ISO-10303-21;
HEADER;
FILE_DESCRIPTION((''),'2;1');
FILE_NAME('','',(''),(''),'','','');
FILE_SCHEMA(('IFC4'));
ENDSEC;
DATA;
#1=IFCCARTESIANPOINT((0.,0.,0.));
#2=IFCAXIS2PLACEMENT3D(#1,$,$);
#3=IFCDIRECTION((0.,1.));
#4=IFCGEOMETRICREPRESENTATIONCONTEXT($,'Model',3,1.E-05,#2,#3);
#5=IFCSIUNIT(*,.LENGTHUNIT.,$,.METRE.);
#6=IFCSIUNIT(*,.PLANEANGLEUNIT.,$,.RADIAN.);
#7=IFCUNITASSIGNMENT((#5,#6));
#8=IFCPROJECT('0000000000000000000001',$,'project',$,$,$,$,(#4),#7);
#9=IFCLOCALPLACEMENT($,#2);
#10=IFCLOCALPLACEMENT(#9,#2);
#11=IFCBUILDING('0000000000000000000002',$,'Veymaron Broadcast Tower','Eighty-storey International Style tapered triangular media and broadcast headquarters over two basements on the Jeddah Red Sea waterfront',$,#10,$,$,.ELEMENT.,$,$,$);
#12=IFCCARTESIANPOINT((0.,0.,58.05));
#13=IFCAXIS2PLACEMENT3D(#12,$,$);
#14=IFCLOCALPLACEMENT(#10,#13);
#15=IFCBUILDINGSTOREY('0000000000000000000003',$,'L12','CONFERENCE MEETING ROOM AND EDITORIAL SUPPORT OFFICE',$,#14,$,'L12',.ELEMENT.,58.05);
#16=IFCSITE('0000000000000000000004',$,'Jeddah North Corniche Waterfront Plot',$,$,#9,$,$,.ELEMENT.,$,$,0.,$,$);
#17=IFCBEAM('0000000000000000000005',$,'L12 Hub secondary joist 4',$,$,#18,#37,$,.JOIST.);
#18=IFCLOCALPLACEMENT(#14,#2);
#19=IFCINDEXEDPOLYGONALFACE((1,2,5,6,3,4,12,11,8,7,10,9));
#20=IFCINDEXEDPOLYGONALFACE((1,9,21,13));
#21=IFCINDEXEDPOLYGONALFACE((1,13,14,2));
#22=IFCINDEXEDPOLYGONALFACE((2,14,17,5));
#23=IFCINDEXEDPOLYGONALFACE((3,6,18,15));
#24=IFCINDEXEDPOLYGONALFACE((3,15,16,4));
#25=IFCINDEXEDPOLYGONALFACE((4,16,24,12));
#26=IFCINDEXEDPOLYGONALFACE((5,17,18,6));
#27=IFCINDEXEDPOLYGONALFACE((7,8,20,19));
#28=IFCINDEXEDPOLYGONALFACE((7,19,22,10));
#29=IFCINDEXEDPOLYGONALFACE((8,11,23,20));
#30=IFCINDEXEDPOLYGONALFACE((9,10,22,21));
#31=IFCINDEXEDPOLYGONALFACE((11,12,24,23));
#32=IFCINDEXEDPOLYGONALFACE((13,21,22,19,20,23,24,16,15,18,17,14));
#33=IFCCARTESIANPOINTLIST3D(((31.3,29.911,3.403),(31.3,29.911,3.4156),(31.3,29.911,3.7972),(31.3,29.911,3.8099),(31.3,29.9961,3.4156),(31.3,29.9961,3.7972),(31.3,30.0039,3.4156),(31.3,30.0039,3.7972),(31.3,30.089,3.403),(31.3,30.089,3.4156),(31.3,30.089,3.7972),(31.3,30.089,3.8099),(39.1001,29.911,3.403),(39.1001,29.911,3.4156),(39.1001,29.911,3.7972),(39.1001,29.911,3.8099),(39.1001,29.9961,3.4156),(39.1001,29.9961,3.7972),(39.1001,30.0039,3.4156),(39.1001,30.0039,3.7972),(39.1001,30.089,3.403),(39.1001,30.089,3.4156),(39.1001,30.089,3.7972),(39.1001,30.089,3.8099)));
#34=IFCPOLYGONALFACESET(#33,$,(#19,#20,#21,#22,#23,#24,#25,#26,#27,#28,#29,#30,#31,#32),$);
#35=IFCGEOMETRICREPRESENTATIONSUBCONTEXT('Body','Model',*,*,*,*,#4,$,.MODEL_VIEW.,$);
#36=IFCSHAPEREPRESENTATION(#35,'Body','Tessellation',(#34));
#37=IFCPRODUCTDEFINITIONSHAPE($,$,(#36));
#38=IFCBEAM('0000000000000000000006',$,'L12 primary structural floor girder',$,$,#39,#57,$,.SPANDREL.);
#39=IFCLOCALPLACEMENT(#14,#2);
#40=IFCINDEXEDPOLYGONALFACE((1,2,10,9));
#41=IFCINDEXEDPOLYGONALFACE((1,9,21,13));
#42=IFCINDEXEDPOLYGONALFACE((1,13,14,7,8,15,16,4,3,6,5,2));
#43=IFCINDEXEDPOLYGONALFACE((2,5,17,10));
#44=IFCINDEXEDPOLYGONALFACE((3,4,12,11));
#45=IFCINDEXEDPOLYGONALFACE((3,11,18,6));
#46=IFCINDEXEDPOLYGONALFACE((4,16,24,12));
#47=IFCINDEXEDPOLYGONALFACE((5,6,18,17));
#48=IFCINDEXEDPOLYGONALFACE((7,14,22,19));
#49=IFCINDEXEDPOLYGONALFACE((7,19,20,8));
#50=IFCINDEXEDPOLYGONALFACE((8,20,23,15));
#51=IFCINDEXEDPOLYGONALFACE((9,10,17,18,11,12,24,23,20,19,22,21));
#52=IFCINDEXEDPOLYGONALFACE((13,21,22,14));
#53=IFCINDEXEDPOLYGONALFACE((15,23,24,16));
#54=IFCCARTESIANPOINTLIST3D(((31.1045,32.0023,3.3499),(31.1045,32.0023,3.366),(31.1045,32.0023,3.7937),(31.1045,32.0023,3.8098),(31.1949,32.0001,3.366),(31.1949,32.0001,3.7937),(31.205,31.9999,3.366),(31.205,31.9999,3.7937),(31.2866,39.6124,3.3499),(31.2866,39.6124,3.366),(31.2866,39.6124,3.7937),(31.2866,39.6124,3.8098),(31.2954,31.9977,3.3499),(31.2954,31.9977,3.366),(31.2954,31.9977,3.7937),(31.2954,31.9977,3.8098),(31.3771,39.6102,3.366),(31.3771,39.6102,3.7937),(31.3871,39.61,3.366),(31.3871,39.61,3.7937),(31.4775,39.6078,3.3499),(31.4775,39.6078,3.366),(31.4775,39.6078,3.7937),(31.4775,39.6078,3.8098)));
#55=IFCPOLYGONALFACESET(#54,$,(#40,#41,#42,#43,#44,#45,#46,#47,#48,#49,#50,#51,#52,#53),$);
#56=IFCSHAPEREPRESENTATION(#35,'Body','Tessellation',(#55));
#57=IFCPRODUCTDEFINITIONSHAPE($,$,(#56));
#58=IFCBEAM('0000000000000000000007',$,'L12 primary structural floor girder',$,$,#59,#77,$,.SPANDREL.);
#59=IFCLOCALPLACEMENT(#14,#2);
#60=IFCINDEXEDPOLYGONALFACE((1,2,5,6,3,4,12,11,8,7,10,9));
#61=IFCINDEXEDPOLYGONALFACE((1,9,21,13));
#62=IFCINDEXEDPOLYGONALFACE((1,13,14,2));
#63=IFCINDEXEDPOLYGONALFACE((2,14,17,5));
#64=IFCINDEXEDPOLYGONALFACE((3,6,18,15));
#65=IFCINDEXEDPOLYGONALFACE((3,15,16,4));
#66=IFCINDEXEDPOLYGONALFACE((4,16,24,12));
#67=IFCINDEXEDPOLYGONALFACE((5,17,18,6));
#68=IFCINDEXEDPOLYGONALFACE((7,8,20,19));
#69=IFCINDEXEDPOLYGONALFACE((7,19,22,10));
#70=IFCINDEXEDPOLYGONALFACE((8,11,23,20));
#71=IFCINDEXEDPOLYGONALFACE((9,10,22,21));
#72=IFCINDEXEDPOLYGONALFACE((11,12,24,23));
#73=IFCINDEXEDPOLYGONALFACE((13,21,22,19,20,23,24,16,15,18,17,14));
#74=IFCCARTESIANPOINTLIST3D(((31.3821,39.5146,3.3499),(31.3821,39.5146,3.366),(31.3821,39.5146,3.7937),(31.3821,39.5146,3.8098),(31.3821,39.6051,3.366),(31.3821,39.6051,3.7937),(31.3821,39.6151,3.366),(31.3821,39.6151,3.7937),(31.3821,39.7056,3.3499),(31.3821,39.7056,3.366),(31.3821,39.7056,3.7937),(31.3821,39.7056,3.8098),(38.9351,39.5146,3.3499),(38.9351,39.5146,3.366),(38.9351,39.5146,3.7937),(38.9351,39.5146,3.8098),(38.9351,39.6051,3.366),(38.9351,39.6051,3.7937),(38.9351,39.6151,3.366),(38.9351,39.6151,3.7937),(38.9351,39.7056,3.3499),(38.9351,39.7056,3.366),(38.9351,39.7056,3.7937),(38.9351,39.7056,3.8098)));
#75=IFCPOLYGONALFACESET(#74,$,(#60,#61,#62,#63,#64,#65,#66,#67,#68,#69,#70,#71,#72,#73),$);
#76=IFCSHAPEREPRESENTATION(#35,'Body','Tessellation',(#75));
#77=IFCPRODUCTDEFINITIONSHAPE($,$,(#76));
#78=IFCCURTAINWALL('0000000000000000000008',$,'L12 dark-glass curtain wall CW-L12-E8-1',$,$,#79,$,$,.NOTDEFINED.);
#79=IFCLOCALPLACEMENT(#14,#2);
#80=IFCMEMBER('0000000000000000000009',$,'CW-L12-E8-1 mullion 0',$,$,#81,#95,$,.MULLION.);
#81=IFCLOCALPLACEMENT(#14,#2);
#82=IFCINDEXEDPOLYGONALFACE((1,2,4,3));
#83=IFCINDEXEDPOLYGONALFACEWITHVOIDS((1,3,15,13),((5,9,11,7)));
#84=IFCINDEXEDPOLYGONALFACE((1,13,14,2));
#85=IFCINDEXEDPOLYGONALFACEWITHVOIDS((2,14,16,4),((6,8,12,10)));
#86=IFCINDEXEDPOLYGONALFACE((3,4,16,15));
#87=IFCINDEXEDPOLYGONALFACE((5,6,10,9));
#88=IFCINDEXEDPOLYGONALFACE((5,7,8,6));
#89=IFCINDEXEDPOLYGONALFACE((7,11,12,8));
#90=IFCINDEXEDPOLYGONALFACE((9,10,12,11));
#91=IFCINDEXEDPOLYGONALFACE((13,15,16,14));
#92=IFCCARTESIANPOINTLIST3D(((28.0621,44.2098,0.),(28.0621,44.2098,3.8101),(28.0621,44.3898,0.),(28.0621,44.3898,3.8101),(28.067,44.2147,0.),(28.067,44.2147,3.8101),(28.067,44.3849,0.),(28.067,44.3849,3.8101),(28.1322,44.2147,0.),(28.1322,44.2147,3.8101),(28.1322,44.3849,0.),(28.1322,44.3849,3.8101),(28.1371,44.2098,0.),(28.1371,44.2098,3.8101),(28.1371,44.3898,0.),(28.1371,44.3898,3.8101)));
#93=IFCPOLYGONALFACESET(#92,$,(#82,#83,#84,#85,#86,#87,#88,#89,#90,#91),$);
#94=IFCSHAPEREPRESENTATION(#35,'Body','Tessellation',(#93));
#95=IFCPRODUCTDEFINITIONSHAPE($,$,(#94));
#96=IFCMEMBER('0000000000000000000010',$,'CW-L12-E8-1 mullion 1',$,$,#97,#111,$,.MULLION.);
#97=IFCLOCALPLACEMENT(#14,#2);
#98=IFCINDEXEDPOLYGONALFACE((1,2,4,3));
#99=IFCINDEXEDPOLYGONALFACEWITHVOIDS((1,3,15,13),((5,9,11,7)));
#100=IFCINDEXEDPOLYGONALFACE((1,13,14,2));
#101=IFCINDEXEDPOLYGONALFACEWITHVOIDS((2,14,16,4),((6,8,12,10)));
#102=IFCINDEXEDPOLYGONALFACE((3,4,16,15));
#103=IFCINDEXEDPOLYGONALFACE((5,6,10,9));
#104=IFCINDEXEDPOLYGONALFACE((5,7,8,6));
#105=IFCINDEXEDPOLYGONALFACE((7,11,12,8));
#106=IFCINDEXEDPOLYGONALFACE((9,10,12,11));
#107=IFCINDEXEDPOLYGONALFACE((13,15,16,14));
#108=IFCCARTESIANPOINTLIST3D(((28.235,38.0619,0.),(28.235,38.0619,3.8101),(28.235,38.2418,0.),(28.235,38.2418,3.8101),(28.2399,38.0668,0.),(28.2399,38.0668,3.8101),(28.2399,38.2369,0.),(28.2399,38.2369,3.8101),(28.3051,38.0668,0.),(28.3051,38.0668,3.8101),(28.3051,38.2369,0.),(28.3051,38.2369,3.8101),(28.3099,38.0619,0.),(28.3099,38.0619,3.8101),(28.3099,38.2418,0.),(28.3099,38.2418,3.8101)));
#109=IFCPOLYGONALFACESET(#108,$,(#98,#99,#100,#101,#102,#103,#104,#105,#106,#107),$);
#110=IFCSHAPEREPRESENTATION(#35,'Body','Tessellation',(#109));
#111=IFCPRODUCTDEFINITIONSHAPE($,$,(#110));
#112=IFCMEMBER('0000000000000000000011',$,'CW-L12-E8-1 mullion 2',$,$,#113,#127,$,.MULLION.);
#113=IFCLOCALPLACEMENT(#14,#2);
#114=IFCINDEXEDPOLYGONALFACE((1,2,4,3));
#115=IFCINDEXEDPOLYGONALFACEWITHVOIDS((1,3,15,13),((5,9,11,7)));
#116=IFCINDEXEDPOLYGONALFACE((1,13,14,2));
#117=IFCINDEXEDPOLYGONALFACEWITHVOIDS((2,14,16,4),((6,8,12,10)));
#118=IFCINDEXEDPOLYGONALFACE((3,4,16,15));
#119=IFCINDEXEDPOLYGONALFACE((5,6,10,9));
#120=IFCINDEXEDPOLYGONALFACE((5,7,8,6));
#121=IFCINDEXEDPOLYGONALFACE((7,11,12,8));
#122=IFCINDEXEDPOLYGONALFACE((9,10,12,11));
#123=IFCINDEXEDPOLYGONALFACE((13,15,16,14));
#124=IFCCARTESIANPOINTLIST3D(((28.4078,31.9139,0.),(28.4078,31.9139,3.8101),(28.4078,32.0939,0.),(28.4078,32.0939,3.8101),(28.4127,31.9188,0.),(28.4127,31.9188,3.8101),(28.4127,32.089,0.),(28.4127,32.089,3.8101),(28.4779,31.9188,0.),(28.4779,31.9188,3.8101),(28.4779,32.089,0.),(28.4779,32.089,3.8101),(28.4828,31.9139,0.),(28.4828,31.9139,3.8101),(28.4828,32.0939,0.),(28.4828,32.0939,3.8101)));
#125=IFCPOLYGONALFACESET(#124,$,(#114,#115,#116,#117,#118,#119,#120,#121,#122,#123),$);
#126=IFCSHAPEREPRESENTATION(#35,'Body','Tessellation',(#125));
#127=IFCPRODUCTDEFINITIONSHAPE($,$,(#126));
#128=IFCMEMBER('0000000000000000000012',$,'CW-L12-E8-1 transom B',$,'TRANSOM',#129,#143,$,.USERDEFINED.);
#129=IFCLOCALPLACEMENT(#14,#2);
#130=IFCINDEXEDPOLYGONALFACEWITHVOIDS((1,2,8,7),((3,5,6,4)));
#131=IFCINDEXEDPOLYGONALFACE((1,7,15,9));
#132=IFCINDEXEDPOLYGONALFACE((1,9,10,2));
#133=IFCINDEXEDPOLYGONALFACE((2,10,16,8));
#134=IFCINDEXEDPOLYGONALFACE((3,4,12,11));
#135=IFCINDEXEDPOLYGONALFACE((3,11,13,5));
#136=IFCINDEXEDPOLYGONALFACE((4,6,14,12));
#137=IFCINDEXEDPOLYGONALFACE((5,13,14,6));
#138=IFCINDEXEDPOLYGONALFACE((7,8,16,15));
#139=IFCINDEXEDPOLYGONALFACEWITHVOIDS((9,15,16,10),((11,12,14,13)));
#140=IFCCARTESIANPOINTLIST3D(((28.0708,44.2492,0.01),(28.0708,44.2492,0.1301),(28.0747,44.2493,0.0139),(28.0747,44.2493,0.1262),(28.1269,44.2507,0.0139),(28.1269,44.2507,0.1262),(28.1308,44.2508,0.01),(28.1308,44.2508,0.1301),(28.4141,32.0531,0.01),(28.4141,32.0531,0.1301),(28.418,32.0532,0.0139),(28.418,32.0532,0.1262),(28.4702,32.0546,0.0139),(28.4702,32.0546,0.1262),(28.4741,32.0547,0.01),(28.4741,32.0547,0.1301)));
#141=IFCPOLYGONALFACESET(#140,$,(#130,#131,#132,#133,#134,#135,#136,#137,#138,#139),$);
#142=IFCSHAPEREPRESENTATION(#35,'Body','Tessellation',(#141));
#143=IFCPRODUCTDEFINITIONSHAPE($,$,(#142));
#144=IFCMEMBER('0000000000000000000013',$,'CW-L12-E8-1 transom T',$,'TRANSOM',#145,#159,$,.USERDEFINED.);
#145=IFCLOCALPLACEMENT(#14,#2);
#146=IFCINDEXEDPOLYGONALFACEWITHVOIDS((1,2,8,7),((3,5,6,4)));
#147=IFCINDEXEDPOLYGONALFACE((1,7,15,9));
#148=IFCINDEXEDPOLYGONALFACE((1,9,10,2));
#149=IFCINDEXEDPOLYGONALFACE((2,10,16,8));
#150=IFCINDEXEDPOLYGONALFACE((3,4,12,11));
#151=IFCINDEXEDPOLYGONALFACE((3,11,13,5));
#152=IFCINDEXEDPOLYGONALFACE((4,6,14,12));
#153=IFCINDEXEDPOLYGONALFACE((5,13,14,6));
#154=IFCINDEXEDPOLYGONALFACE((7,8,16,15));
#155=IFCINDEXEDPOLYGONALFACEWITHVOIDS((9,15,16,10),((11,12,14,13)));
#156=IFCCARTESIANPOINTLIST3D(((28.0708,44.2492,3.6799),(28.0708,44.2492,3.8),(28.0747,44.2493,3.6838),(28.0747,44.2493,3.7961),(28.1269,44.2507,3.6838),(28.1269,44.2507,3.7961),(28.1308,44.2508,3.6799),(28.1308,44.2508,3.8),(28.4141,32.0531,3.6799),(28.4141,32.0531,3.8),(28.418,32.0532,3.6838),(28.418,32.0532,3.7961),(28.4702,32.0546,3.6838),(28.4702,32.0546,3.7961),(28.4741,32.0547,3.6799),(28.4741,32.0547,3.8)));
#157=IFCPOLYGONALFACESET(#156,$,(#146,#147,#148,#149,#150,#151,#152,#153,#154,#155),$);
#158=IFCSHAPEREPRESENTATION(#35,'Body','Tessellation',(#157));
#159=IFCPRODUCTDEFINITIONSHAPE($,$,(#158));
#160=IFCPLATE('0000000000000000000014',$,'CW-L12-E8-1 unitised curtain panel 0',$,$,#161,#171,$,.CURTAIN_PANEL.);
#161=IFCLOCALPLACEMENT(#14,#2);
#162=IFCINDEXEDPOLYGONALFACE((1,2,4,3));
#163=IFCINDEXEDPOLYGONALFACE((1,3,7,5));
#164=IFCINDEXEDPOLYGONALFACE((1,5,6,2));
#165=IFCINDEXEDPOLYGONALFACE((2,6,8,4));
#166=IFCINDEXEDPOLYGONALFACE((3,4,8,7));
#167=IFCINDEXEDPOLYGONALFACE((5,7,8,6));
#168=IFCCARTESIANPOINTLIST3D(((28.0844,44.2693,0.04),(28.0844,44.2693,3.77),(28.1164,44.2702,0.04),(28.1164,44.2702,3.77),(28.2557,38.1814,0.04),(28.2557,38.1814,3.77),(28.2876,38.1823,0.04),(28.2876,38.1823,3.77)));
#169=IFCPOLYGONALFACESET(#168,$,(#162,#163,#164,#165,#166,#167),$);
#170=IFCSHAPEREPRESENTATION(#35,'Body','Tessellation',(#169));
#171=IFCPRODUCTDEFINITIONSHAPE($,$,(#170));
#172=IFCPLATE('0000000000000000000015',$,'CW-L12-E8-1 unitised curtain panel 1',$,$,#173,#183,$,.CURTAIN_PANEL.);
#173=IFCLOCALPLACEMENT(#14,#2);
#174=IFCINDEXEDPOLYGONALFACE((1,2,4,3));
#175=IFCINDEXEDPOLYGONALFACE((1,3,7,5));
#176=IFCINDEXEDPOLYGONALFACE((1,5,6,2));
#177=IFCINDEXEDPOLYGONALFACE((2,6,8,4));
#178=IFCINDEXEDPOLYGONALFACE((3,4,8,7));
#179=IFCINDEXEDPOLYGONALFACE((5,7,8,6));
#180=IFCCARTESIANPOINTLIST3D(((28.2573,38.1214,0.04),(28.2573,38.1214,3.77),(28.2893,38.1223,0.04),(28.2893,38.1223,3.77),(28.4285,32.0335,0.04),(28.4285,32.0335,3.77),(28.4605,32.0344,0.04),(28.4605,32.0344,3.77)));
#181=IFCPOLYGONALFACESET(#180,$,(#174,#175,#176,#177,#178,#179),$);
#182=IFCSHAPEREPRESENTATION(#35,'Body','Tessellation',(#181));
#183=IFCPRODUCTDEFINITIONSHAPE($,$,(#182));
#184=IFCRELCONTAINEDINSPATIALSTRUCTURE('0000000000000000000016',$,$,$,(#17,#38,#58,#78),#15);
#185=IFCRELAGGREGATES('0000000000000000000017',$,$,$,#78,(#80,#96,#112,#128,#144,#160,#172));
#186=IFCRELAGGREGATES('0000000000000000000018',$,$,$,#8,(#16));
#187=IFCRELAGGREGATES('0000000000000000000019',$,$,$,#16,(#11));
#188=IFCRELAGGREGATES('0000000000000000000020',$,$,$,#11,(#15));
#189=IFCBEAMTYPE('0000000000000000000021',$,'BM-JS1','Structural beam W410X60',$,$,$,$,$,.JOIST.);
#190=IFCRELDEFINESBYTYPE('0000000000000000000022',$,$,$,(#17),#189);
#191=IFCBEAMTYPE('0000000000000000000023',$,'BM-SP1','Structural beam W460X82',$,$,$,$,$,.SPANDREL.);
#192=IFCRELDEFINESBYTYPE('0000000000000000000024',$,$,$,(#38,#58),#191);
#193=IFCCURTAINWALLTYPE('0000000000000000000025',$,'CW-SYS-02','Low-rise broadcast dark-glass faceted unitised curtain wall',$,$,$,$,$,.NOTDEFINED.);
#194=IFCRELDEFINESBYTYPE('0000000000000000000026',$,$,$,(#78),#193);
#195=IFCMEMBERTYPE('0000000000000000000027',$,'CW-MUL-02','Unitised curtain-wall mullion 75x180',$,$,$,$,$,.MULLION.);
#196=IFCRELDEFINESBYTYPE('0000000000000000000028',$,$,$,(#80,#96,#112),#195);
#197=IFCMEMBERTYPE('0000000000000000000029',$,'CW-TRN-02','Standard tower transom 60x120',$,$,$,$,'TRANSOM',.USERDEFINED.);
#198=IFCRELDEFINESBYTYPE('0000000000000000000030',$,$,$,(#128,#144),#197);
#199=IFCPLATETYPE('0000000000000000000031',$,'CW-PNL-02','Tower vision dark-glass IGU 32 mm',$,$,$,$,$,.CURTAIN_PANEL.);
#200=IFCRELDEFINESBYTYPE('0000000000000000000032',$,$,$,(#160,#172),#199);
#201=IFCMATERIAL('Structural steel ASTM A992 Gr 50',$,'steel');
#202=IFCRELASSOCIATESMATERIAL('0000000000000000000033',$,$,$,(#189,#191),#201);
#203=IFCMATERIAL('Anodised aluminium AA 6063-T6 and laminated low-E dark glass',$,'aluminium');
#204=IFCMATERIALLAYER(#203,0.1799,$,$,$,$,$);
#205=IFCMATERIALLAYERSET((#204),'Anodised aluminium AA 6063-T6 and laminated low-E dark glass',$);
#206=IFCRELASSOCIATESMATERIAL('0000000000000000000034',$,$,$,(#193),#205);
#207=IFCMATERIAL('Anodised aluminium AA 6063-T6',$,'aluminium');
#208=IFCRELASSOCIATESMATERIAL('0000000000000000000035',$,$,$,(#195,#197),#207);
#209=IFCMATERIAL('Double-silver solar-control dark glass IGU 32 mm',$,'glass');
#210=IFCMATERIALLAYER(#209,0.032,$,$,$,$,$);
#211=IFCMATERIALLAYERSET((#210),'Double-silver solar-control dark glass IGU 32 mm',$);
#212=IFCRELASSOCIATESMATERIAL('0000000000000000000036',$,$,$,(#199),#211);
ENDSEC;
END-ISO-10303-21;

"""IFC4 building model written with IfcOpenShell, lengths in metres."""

from ifc_helpers import new_model, si_unit, direction, frame, origin, origin_2d, place, context, subcontext, project, spatial, rectangle, hollow_rectangle, i_section, extrude, material, layer, layer_set, material_profile, profile_set, type_object, element, aggregate, save


model = new_model("IFC4")

# Units and contexts
model_context = context("Model", 3, precision=1e-05, world=origin(), true_north=direction((0.0, 1.0)))
body_context = subcontext(model_context, "Body", "Model", "MODEL_VIEW")
ifc_project = project(units=[si_unit("LENGTHUNIT", "METRE"), si_unit("PLANEANGLEUNIT", "RADIAN")], contexts=[model_context])

# Site, building, storey
site_placement = place(None, origin())
site = spatial("IfcSite", under=ifc_project, at=site_placement, Name="Jeddah North Corniche Waterfront Plot", CompositionType="ELEMENT", RefElevation=0.0)
building_placement = place(site_placement, origin())
building = spatial("IfcBuilding", under=site, at=building_placement, Name="Veymaron Broadcast Tower", Description="Eighty-storey International Style tapered triangular media and broadcast headquarters over two basements on the Jeddah Red Sea waterfront", CompositionType="ELEMENT")
storey_placement = place(building_placement, frame((0.0, 0.0, 58.05)))
storey = spatial("IfcBuildingStorey", under=building, at=storey_placement, Name="L12", Description="CONFERENCE MEETING ROOM AND EDITORIAL SUPPORT OFFICE", LongName="L12", CompositionType="ELEMENT", Elevation=58.05)

# Beams
ifc_material_1 = material(Name="Structural steel ASTM A992 Gr 50", Category="steel")
ifc_material_profile_1 = material_profile(ifc_material_1, i_section(OverallWidth=0.178, OverallDepth=0.407, WebThickness=0.0078, FlangeThickness=0.0127, at=origin_2d()), Name="W410X60")
ifc_profile_set_1 = profile_set([ifc_material_profile_1], Name="Structural steel ASTM A992 Gr 50")
beam_type_1 = type_object("IfcBeamType", Name="BM-JS1", Description="Structural beam W410X60", PredefinedType="JOIST", material=ifc_profile_set_1)
for number, where, z_axis, x_axis, name in (
    (1, (31.3, 30.0, 3.6064), (1.0, 0.0, 0.0), (0.0, 1.0, 0.0), "L12 Hub secondary joist 4"),
):
    element("IfcBeam", number, at=place(storey_placement, frame(where, z_axis=z_axis, x_axis=x_axis)), inside=storey, type_object=beam_type_1, Name=name, PredefinedType="JOIST", context=body_context, shape_type="SweptSolid", body=[
        extrude(i_section(OverallWidth=0.178, OverallDepth=0.407, WebThickness=0.0078, FlangeThickness=0.0127, at=origin_2d()), origin(), (0.0, 0.0, 1.0), 7.8),
    ])
ifc_material_profile_2 = material_profile(ifc_material_1, i_section(OverallWidth=0.1909, OverallDepth=0.46, WebThickness=0.01, FlangeThickness=0.0161, at=origin_2d()), Name="W460X82")
ifc_profile_set_2 = profile_set([ifc_material_profile_2], Name="Structural steel ASTM A992 Gr 50")
beam_type_2 = type_object("IfcBeamType", Name="BM-SP1", Description="Structural beam W460X82", PredefinedType="SPANDREL", material=ifc_profile_set_2)
beam_1_placement = place(storey_placement, frame((31.2, 32.0, 3.5798), z_axis=(0.023926, 0.999714, 0.0), x_axis=(-0.999714, 0.023926, 0.0)))
element("IfcBeam", 2, at=beam_1_placement, inside=storey, type_object=beam_type_2, Name="L12 primary structural floor girder", PredefinedType="SPANDREL", context=body_context, shape_type="SweptSolid", body=[
    extrude(i_section(OverallWidth=0.1909, OverallDepth=0.46, WebThickness=0.01, FlangeThickness=0.0161, at=origin_2d()), origin(), (0.0, 0.0, 1.0), 7.6123),
])
beam_2_placement = place(storey_placement, frame((31.3821, 39.6101, 3.5798), z_axis=(1.0, 0.0, 0.0), x_axis=(0.0, 1.0, 0.0)))
element("IfcBeam", 3, at=beam_2_placement, inside=storey, type_object=beam_type_2, Name="L12 primary structural floor girder", PredefinedType="SPANDREL", context=body_context, shape_type="SweptSolid", body=[
    extrude(i_section(OverallWidth=0.1909, OverallDepth=0.46, WebThickness=0.01, FlangeThickness=0.0161, at=origin_2d()), origin(), (0.0, 0.0, 1.0), 7.553),
])

# Curtain wall, members, plates
ifc_material_2 = material(Name="Anodised aluminium AA 6063-T6 and laminated low-E dark glass", Category="aluminium")
ifc_layer_1 = layer(ifc_material_2, 0.1799)
ifc_layer_set_1 = layer_set([ifc_layer_1], Name="Anodised aluminium AA 6063-T6 and laminated low-E dark glass")
curtain_wall_type = type_object("IfcCurtainWallType", Name="CW-SYS-02", Description="Low-rise broadcast dark-glass faceted unitised curtain wall", PredefinedType="NOTDEFINED", material=ifc_layer_set_1)
curtain_wall_placement = place(storey_placement, origin())
curtain_wall = element("IfcCurtainWall", 4, at=curtain_wall_placement, inside=storey, type_object=curtain_wall_type, Name="L12 dark-glass curtain wall CW-L12-E8-1", PredefinedType="NOTDEFINED")
ifc_material_3 = material(Name="Anodised aluminium AA 6063-T6", Category="aluminium")
ifc_material_profile_3 = material_profile(ifc_material_3, hollow_rectangle(XDim=0.075, YDim=0.1799, WallThickness=0.0049, at=origin_2d()), Name="AL180X75X5")
ifc_profile_set_3 = profile_set([ifc_material_profile_3], Name="Anodised aluminium AA 6063-T6")
member_type_1 = type_object("IfcMemberType", Name="CW-MUL-02", Description="Unitised curtain-wall mullion 75x180", PredefinedType="MULLION", material=ifc_profile_set_3)
member_1_placement = place(storey_placement, frame((28.0996, 44.2998, 0.0), z_axis=(0.0, 0.0, 1.0), x_axis=(1.0, 0.0, 0.0)))
member_1 = element("IfcMember", 5, at=member_1_placement, type_object=member_type_1, Name="CW-L12-E8-1 mullion 0", PredefinedType="MULLION", context=body_context, shape_type="SweptSolid", body=[
    extrude(hollow_rectangle(XDim=0.075, YDim=0.1799, WallThickness=0.0049, at=origin_2d()), origin(), (0.0, 0.0, 1.0), 3.8101),
])
member_2_placement = place(storey_placement, frame((28.2725, 38.1519, 0.0), z_axis=(0.0, 0.0, 1.0), x_axis=(1.0, 0.0, 0.0)))
member_2 = element("IfcMember", 6, at=member_2_placement, type_object=member_type_1, Name="CW-L12-E8-1 mullion 1", PredefinedType="MULLION", context=body_context, shape_type="SweptSolid", body=[
    extrude(hollow_rectangle(XDim=0.075, YDim=0.1799, WallThickness=0.0049, at=origin_2d()), origin(), (0.0, 0.0, 1.0), 3.8101),
])
member_3_placement = place(storey_placement, frame((28.4453, 32.0039, 0.0), z_axis=(0.0, 0.0, 1.0), x_axis=(1.0, 0.0, 0.0)))
member_3 = element("IfcMember", 7, at=member_3_placement, type_object=member_type_1, Name="CW-L12-E8-1 mullion 2", PredefinedType="MULLION", context=body_context, shape_type="SweptSolid", body=[
    extrude(hollow_rectangle(XDim=0.075, YDim=0.1799, WallThickness=0.0049, at=origin_2d()), origin(), (0.0, 0.0, 1.0), 3.8101),
])
ifc_material_profile_4 = material_profile(ifc_material_3, hollow_rectangle(XDim=0.0601, YDim=0.1201, WallThickness=0.0039, at=origin_2d()), Name="AL120X60X4")
ifc_profile_set_4 = profile_set([ifc_material_profile_4], Name="Anodised aluminium AA 6063-T6")
member_type_2 = type_object("IfcMemberType", Name="CW-TRN-02", Description="Standard tower transom 60x120", ElementType="TRANSOM", PredefinedType="USERDEFINED", material=ifc_profile_set_4)
member_4_placement = place(storey_placement, frame((28.1008, 44.25, 0.0701), z_axis=(0.028134, -0.999604, 0.0), x_axis=(0.999604, 0.028134, 0.0)))
member_4 = element("IfcMember", 8, at=member_4_placement, type_object=member_type_2, Name="CW-L12-E8-1 transom B", ObjectType="TRANSOM", PredefinedType="USERDEFINED", context=body_context, shape_type="SweptSolid", body=[
    extrude(hollow_rectangle(XDim=0.0601, YDim=0.1201, WallThickness=0.0039, at=origin_2d()), origin(), (0.0, 0.0, 1.0), 12.2009),
])
member_5_placement = place(storey_placement, frame((28.1008, 44.25, 3.74), z_axis=(0.028134, -0.999604, 0.0), x_axis=(0.999604, 0.028134, 0.0)))
member_5 = element("IfcMember", 9, at=member_5_placement, type_object=member_type_2, Name="CW-L12-E8-1 transom T", ObjectType="TRANSOM", PredefinedType="USERDEFINED", context=body_context, shape_type="SweptSolid", body=[
    extrude(hollow_rectangle(XDim=0.0601, YDim=0.1201, WallThickness=0.0039, at=origin_2d()), origin(), (0.0, 0.0, 1.0), 12.2009),
])
ifc_material_4 = material(Name="Double-silver solar-control dark glass IGU 32 mm", Category="glass")
ifc_layer_2 = layer(ifc_material_4, 0.032)
ifc_layer_set_2 = layer_set([ifc_layer_2], Name="Double-silver solar-control dark glass IGU 32 mm")
plate_type = type_object("IfcPlateType", Name="CW-PNL-02", Description="Tower vision dark-glass IGU 32 mm", PredefinedType="CURTAIN_PANEL", material=ifc_layer_set_2)
plate_1_placement = place(storey_placement, frame((28.186, 41.2258, 0.04), z_axis=(0.0, 0.0, 1.0), x_axis=(0.028114, -0.999605, 0.0)))
plate_1 = element("IfcPlate", 10, at=plate_1_placement, type_object=plate_type, Name="CW-L12-E8-1 unitised curtain panel 0", PredefinedType="CURTAIN_PANEL", context=body_context, shape_type="SweptSolid", body=[
    extrude(rectangle(XDim=6.0903, YDim=0.032, at=origin_2d()), origin(), (0.0, 0.0, 1.0), 3.73),
])
plate_2_placement = place(storey_placement, frame((28.3589, 35.0779, 0.04), z_axis=(0.0, 0.0, 1.0), x_axis=(0.028114, -0.999605, 0.0)))
plate_2 = element("IfcPlate", 11, at=plate_2_placement, type_object=plate_type, Name="CW-L12-E8-1 unitised curtain panel 1", PredefinedType="CURTAIN_PANEL", context=body_context, shape_type="SweptSolid", body=[
    extrude(rectangle(XDim=6.0903, YDim=0.032, at=origin_2d()), origin(), (0.0, 0.0, 1.0), 3.73),
])
aggregate(curtain_wall, [member_1, member_2, member_3, member_4, member_5, plate_1, plate_2])

save(model, "model.ifc")
